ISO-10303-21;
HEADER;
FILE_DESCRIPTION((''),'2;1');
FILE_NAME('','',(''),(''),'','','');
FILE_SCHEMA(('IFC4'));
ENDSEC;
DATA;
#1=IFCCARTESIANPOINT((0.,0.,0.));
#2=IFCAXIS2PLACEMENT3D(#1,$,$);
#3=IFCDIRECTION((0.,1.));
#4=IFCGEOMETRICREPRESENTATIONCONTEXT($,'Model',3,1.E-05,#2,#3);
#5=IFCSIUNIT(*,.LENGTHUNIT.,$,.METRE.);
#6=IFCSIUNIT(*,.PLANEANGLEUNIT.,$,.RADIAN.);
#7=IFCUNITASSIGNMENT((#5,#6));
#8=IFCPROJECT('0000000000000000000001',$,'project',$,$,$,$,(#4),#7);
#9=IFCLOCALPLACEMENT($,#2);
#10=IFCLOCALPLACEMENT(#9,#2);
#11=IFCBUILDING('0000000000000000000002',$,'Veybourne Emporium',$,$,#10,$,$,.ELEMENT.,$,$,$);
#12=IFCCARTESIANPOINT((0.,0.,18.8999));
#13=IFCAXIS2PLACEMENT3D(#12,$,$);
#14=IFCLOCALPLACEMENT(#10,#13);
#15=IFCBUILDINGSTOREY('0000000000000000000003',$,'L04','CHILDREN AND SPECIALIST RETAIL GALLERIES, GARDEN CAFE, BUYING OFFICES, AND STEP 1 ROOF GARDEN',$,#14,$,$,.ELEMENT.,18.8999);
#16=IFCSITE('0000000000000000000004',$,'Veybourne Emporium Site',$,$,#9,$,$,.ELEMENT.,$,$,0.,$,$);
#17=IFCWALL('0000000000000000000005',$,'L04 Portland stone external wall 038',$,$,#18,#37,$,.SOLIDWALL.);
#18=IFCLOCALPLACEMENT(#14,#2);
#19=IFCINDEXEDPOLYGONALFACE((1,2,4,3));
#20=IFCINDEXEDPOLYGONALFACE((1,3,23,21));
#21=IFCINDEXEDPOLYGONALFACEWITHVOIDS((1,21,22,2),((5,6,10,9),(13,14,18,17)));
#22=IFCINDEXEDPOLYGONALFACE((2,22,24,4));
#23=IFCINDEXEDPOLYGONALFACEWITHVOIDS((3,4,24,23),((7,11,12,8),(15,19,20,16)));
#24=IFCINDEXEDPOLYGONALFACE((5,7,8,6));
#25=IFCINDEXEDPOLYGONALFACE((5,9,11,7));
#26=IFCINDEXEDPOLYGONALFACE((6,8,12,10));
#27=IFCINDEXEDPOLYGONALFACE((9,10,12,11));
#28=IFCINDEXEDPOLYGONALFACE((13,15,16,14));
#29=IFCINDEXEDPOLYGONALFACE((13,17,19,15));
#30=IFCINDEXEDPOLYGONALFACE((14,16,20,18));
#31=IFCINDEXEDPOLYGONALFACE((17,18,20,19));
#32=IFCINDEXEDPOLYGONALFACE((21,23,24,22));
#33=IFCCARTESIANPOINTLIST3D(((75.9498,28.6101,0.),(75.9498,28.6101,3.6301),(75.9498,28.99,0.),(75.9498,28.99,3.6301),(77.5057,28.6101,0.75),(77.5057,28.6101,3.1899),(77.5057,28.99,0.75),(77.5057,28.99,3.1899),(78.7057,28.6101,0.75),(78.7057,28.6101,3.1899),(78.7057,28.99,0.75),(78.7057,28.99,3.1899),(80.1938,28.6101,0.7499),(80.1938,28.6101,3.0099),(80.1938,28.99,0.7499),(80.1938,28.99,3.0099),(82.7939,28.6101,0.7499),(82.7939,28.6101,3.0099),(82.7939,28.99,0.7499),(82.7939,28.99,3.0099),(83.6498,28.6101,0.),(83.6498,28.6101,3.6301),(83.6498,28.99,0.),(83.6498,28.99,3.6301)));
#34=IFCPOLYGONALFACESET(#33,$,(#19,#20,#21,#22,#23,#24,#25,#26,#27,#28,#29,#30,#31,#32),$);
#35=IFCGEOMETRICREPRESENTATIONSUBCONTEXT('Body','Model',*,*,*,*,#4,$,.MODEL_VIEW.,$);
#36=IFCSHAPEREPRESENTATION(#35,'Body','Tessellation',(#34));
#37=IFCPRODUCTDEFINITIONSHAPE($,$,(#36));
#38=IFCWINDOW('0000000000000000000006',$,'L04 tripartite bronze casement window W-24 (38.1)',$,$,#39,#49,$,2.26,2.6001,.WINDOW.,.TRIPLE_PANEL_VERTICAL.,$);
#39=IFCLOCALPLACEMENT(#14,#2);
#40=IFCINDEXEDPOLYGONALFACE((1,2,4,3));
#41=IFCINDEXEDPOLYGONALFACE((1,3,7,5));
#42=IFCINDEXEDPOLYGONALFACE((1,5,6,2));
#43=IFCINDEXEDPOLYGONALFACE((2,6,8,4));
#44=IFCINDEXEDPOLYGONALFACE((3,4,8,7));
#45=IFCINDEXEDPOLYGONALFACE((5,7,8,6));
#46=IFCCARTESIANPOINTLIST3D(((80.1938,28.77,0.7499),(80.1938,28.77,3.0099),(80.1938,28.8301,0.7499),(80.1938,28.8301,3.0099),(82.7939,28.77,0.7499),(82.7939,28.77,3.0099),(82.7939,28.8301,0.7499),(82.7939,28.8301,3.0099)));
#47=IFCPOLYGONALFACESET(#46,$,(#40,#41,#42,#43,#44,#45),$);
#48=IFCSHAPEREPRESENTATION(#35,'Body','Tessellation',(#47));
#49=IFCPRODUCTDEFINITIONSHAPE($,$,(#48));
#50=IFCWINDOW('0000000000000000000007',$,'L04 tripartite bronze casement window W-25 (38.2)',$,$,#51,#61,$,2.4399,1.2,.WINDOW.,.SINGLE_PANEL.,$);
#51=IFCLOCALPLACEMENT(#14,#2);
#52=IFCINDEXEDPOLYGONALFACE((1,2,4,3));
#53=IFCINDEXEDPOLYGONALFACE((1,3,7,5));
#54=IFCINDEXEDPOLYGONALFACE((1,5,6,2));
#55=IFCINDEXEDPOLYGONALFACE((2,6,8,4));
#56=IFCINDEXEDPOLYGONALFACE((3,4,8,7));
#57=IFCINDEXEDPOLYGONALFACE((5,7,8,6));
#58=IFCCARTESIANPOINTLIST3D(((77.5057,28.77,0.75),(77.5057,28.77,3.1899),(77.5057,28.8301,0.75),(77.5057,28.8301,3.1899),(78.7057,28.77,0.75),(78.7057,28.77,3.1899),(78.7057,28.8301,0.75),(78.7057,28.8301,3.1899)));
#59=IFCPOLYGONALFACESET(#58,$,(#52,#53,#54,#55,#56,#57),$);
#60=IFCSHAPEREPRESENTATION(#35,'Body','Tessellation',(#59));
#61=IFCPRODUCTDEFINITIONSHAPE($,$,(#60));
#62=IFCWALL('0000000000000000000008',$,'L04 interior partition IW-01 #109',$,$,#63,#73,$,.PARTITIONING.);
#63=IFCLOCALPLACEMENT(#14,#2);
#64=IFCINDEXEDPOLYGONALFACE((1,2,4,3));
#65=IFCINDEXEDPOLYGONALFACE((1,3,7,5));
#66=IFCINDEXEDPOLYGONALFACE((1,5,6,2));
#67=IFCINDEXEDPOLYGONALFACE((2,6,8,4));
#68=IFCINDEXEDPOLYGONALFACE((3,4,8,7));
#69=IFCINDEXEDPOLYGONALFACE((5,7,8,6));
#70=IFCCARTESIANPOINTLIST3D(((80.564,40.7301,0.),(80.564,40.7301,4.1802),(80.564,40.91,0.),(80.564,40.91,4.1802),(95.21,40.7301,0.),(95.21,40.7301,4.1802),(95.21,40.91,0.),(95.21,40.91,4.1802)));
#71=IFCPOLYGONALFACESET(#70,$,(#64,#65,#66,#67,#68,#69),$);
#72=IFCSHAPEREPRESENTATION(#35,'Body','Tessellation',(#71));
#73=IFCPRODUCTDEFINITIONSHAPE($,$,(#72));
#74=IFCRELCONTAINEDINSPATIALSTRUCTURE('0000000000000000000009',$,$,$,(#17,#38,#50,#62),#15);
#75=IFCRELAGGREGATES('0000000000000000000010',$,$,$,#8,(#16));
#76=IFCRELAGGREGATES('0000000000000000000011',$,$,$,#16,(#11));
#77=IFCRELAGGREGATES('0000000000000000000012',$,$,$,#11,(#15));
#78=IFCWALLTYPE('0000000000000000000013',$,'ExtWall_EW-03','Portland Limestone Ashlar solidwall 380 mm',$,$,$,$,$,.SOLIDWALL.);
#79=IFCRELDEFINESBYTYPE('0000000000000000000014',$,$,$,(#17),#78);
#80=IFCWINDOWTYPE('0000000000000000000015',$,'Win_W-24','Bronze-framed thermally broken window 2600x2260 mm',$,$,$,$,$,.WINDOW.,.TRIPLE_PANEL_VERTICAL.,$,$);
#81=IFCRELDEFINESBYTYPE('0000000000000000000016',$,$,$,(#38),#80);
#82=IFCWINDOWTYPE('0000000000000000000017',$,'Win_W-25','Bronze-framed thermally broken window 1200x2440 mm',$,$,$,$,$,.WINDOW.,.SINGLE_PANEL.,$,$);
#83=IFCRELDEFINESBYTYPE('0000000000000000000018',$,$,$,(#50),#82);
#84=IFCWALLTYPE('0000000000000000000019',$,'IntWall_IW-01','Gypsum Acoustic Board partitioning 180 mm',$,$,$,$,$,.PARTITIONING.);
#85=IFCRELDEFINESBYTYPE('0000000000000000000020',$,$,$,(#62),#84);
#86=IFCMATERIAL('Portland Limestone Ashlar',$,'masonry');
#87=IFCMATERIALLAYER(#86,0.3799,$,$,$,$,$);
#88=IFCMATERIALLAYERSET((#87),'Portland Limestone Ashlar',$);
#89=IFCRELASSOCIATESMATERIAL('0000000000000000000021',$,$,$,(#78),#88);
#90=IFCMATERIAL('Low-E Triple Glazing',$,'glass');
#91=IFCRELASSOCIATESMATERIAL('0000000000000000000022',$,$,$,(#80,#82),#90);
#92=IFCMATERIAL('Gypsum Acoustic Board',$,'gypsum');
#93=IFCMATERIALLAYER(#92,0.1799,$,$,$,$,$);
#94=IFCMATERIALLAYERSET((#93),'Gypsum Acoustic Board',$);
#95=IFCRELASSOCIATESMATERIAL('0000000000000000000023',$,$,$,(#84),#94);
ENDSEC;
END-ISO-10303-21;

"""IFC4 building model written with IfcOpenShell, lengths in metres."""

from ifc_helpers import new_model, si_unit, direction, frame, frame_2d, origin, place, context, subcontext, project, spatial, rectangle, extrude, material, layer, layer_set, type_object, element, fill, save


model = new_model("IFC4")

# Units and contexts
model_context = context("Model", 3, precision=1e-05, world=origin(), true_north=direction((0.0, 1.0)))
body_context = subcontext(model_context, "Body", "Model", "MODEL_VIEW")
ifc_project = project(units=[si_unit("LENGTHUNIT", "METRE"), si_unit("PLANEANGLEUNIT", "RADIAN")], contexts=[model_context])

# Site, building, storey
site_placement = place(None, origin())
site = spatial("IfcSite", under=ifc_project, at=site_placement, Name="Veybourne Emporium Site", CompositionType="ELEMENT", RefElevation=0.0)
building_placement = place(site_placement, origin())
building = spatial("IfcBuilding", under=site, at=building_placement, Name="Veybourne Emporium", CompositionType="ELEMENT")
storey_placement = place(building_placement, frame((0.0, 0.0, 18.8999)))
storey = spatial("IfcBuildingStorey", under=building, at=storey_placement, Name="L04", Description="CHILDREN AND SPECIALIST RETAIL GALLERIES, GARDEN CAFE, BUYING OFFICES, AND STEP 1 ROOF GARDEN", CompositionType="ELEMENT", Elevation=18.8999)

# Wall, openings, windows
ifc_material_1 = material(Name="Portland Limestone Ashlar", Category="masonry")
ifc_layer_1 = layer(ifc_material_1, 0.3799)
ifc_layer_set_1 = layer_set([ifc_layer_1], Name="Portland Limestone Ashlar")
wall_type_1 = type_object("IfcWallType", Name="ExtWall_EW-03", Description="Portland Limestone Ashlar solidwall 380 mm", PredefinedType="SOLIDWALL", material=ifc_layer_set_1)
wall_1_placement = place(storey_placement, frame((83.6499, 28.8, 0.0), z_axis=(0.0, 0.0, 1.0), x_axis=(-1.0, 0.0, 0.0)))
wall_1 = element("IfcWall", 1, at=wall_1_placement, inside=storey, type_object=wall_type_1, Name="L04 Portland stone external wall 038", PredefinedType="SOLIDWALL", context=body_context, shape_type="SweptSolid", body=[
    extrude(rectangle(XDim=7.7, YDim=0.3799, at=frame_2d((3.8501, 0.0))), origin(), (0.0, 0.0, 1.0), 3.6301),
])
opening_1_placement = place(wall_1_placement, frame((0.856, 0.0, 0.75)))
opening_1 = element("IfcOpeningElement", 2, at=opening_1_placement, cuts=wall_1, PredefinedType="OPENING", context=body_context, shape_type="SweptSolid", body=[
    extrude(rectangle(XDim=2.6001, YDim=2.26, at=frame_2d((1.3, 1.1299))), frame((0.0, 0.21, 0.0), z_axis=(0.0, -1.0, 0.0), x_axis=(1.0, 0.0, 0.0)), (0.0, 0.0, 1.0), 0.4199),
])
opening_2_placement = place(wall_1_placement, frame((4.9441, 0.0, 0.75)))
opening_2 = element("IfcOpeningElement", 3, at=opening_2_placement, cuts=wall_1, PredefinedType="OPENING", context=body_context, shape_type="SweptSolid", body=[
    extrude(rectangle(XDim=1.2, YDim=2.4399, at=frame_2d((0.6001, 1.22))), frame((0.0, 0.21, 0.0), z_axis=(0.0, -1.0, 0.0), x_axis=(1.0, 0.0, 0.0)), (0.0, 0.0, 1.0), 0.4199),
])
ifc_material_2 = material(Name="Low-E Triple Glazing", Category="glass")
window_type_1 = type_object("IfcWindowType", Name="Win_W-24", Description="Bronze-framed thermally broken window 2600x2260 mm", PartitioningType="TRIPLE_PANEL_VERTICAL", PredefinedType="WINDOW", material=ifc_material_2)
window_1_placement = place(opening_1_placement, origin())
window_1 = element("IfcWindow", 4, at=window_1_placement, inside=storey, type_object=window_type_1, Name="L04 tripartite bronze casement window W-24 (38.1)", OverallHeight=2.26, OverallWidth=2.6001, PartitioningType="TRIPLE_PANEL_VERTICAL", PredefinedType="WINDOW", context=body_context, shape_type="SweptSolid", body=[
    extrude(rectangle(XDim=2.6001, YDim=2.26, at=frame_2d((1.3, 1.1299))), frame((0.0, 0.03, 0.0), z_axis=(0.0, -1.0, 0.0), x_axis=(1.0, 0.0, 0.0)), (0.0, 0.0, 1.0), 0.0601),
])
fill(opening_1, window_1)
window_type_2 = type_object("IfcWindowType", Name="Win_W-25", Description="Bronze-framed thermally broken window 1200x2440 mm", PartitioningType="SINGLE_PANEL", PredefinedType="WINDOW", material=ifc_material_2)
window_2_placement = place(opening_2_placement, origin())
window_2 = element("IfcWindow", 5, at=window_2_placement, inside=storey, type_object=window_type_2, Name="L04 tripartite bronze casement window W-25 (38.2)", OverallHeight=2.4399, OverallWidth=1.2, PartitioningType="SINGLE_PANEL", PredefinedType="WINDOW", context=body_context, shape_type="SweptSolid", body=[
    extrude(rectangle(XDim=1.2, YDim=2.4399, at=frame_2d((0.6001, 1.22))), frame((0.0, 0.03, 0.0), z_axis=(0.0, -1.0, 0.0), x_axis=(1.0, 0.0, 0.0)), (0.0, 0.0, 1.0), 0.0601),
])
fill(opening_2, window_2)

# Wall
ifc_material_3 = material(Name="Gypsum Acoustic Board", Category="gypsum")
ifc_layer_2 = layer(ifc_material_3, 0.1799)
ifc_layer_set_2 = layer_set([ifc_layer_2], Name="Gypsum Acoustic Board")
wall_type_2 = type_object("IfcWallType", Name="IntWall_IW-01", Description="Gypsum Acoustic Board partitioning 180 mm", PredefinedType="PARTITIONING", material=ifc_layer_set_2)
wall_2_placement = place(storey_placement, frame((80.564, 40.8201, 0.0), z_axis=(0.0, 0.0, 1.0), x_axis=(1.0, 0.0, 0.0)))
element("IfcWall", 6, at=wall_2_placement, inside=storey, type_object=wall_type_2, Name="L04 interior partition IW-01 #109", PredefinedType="PARTITIONING", context=body_context, shape_type="SweptSolid", body=[
    extrude(rectangle(XDim=14.646, YDim=0.1799, at=frame_2d((7.323, 0.0))), origin(), (0.0, 0.0, 1.0), 4.1802),
])

save(model, "model.ifc")
